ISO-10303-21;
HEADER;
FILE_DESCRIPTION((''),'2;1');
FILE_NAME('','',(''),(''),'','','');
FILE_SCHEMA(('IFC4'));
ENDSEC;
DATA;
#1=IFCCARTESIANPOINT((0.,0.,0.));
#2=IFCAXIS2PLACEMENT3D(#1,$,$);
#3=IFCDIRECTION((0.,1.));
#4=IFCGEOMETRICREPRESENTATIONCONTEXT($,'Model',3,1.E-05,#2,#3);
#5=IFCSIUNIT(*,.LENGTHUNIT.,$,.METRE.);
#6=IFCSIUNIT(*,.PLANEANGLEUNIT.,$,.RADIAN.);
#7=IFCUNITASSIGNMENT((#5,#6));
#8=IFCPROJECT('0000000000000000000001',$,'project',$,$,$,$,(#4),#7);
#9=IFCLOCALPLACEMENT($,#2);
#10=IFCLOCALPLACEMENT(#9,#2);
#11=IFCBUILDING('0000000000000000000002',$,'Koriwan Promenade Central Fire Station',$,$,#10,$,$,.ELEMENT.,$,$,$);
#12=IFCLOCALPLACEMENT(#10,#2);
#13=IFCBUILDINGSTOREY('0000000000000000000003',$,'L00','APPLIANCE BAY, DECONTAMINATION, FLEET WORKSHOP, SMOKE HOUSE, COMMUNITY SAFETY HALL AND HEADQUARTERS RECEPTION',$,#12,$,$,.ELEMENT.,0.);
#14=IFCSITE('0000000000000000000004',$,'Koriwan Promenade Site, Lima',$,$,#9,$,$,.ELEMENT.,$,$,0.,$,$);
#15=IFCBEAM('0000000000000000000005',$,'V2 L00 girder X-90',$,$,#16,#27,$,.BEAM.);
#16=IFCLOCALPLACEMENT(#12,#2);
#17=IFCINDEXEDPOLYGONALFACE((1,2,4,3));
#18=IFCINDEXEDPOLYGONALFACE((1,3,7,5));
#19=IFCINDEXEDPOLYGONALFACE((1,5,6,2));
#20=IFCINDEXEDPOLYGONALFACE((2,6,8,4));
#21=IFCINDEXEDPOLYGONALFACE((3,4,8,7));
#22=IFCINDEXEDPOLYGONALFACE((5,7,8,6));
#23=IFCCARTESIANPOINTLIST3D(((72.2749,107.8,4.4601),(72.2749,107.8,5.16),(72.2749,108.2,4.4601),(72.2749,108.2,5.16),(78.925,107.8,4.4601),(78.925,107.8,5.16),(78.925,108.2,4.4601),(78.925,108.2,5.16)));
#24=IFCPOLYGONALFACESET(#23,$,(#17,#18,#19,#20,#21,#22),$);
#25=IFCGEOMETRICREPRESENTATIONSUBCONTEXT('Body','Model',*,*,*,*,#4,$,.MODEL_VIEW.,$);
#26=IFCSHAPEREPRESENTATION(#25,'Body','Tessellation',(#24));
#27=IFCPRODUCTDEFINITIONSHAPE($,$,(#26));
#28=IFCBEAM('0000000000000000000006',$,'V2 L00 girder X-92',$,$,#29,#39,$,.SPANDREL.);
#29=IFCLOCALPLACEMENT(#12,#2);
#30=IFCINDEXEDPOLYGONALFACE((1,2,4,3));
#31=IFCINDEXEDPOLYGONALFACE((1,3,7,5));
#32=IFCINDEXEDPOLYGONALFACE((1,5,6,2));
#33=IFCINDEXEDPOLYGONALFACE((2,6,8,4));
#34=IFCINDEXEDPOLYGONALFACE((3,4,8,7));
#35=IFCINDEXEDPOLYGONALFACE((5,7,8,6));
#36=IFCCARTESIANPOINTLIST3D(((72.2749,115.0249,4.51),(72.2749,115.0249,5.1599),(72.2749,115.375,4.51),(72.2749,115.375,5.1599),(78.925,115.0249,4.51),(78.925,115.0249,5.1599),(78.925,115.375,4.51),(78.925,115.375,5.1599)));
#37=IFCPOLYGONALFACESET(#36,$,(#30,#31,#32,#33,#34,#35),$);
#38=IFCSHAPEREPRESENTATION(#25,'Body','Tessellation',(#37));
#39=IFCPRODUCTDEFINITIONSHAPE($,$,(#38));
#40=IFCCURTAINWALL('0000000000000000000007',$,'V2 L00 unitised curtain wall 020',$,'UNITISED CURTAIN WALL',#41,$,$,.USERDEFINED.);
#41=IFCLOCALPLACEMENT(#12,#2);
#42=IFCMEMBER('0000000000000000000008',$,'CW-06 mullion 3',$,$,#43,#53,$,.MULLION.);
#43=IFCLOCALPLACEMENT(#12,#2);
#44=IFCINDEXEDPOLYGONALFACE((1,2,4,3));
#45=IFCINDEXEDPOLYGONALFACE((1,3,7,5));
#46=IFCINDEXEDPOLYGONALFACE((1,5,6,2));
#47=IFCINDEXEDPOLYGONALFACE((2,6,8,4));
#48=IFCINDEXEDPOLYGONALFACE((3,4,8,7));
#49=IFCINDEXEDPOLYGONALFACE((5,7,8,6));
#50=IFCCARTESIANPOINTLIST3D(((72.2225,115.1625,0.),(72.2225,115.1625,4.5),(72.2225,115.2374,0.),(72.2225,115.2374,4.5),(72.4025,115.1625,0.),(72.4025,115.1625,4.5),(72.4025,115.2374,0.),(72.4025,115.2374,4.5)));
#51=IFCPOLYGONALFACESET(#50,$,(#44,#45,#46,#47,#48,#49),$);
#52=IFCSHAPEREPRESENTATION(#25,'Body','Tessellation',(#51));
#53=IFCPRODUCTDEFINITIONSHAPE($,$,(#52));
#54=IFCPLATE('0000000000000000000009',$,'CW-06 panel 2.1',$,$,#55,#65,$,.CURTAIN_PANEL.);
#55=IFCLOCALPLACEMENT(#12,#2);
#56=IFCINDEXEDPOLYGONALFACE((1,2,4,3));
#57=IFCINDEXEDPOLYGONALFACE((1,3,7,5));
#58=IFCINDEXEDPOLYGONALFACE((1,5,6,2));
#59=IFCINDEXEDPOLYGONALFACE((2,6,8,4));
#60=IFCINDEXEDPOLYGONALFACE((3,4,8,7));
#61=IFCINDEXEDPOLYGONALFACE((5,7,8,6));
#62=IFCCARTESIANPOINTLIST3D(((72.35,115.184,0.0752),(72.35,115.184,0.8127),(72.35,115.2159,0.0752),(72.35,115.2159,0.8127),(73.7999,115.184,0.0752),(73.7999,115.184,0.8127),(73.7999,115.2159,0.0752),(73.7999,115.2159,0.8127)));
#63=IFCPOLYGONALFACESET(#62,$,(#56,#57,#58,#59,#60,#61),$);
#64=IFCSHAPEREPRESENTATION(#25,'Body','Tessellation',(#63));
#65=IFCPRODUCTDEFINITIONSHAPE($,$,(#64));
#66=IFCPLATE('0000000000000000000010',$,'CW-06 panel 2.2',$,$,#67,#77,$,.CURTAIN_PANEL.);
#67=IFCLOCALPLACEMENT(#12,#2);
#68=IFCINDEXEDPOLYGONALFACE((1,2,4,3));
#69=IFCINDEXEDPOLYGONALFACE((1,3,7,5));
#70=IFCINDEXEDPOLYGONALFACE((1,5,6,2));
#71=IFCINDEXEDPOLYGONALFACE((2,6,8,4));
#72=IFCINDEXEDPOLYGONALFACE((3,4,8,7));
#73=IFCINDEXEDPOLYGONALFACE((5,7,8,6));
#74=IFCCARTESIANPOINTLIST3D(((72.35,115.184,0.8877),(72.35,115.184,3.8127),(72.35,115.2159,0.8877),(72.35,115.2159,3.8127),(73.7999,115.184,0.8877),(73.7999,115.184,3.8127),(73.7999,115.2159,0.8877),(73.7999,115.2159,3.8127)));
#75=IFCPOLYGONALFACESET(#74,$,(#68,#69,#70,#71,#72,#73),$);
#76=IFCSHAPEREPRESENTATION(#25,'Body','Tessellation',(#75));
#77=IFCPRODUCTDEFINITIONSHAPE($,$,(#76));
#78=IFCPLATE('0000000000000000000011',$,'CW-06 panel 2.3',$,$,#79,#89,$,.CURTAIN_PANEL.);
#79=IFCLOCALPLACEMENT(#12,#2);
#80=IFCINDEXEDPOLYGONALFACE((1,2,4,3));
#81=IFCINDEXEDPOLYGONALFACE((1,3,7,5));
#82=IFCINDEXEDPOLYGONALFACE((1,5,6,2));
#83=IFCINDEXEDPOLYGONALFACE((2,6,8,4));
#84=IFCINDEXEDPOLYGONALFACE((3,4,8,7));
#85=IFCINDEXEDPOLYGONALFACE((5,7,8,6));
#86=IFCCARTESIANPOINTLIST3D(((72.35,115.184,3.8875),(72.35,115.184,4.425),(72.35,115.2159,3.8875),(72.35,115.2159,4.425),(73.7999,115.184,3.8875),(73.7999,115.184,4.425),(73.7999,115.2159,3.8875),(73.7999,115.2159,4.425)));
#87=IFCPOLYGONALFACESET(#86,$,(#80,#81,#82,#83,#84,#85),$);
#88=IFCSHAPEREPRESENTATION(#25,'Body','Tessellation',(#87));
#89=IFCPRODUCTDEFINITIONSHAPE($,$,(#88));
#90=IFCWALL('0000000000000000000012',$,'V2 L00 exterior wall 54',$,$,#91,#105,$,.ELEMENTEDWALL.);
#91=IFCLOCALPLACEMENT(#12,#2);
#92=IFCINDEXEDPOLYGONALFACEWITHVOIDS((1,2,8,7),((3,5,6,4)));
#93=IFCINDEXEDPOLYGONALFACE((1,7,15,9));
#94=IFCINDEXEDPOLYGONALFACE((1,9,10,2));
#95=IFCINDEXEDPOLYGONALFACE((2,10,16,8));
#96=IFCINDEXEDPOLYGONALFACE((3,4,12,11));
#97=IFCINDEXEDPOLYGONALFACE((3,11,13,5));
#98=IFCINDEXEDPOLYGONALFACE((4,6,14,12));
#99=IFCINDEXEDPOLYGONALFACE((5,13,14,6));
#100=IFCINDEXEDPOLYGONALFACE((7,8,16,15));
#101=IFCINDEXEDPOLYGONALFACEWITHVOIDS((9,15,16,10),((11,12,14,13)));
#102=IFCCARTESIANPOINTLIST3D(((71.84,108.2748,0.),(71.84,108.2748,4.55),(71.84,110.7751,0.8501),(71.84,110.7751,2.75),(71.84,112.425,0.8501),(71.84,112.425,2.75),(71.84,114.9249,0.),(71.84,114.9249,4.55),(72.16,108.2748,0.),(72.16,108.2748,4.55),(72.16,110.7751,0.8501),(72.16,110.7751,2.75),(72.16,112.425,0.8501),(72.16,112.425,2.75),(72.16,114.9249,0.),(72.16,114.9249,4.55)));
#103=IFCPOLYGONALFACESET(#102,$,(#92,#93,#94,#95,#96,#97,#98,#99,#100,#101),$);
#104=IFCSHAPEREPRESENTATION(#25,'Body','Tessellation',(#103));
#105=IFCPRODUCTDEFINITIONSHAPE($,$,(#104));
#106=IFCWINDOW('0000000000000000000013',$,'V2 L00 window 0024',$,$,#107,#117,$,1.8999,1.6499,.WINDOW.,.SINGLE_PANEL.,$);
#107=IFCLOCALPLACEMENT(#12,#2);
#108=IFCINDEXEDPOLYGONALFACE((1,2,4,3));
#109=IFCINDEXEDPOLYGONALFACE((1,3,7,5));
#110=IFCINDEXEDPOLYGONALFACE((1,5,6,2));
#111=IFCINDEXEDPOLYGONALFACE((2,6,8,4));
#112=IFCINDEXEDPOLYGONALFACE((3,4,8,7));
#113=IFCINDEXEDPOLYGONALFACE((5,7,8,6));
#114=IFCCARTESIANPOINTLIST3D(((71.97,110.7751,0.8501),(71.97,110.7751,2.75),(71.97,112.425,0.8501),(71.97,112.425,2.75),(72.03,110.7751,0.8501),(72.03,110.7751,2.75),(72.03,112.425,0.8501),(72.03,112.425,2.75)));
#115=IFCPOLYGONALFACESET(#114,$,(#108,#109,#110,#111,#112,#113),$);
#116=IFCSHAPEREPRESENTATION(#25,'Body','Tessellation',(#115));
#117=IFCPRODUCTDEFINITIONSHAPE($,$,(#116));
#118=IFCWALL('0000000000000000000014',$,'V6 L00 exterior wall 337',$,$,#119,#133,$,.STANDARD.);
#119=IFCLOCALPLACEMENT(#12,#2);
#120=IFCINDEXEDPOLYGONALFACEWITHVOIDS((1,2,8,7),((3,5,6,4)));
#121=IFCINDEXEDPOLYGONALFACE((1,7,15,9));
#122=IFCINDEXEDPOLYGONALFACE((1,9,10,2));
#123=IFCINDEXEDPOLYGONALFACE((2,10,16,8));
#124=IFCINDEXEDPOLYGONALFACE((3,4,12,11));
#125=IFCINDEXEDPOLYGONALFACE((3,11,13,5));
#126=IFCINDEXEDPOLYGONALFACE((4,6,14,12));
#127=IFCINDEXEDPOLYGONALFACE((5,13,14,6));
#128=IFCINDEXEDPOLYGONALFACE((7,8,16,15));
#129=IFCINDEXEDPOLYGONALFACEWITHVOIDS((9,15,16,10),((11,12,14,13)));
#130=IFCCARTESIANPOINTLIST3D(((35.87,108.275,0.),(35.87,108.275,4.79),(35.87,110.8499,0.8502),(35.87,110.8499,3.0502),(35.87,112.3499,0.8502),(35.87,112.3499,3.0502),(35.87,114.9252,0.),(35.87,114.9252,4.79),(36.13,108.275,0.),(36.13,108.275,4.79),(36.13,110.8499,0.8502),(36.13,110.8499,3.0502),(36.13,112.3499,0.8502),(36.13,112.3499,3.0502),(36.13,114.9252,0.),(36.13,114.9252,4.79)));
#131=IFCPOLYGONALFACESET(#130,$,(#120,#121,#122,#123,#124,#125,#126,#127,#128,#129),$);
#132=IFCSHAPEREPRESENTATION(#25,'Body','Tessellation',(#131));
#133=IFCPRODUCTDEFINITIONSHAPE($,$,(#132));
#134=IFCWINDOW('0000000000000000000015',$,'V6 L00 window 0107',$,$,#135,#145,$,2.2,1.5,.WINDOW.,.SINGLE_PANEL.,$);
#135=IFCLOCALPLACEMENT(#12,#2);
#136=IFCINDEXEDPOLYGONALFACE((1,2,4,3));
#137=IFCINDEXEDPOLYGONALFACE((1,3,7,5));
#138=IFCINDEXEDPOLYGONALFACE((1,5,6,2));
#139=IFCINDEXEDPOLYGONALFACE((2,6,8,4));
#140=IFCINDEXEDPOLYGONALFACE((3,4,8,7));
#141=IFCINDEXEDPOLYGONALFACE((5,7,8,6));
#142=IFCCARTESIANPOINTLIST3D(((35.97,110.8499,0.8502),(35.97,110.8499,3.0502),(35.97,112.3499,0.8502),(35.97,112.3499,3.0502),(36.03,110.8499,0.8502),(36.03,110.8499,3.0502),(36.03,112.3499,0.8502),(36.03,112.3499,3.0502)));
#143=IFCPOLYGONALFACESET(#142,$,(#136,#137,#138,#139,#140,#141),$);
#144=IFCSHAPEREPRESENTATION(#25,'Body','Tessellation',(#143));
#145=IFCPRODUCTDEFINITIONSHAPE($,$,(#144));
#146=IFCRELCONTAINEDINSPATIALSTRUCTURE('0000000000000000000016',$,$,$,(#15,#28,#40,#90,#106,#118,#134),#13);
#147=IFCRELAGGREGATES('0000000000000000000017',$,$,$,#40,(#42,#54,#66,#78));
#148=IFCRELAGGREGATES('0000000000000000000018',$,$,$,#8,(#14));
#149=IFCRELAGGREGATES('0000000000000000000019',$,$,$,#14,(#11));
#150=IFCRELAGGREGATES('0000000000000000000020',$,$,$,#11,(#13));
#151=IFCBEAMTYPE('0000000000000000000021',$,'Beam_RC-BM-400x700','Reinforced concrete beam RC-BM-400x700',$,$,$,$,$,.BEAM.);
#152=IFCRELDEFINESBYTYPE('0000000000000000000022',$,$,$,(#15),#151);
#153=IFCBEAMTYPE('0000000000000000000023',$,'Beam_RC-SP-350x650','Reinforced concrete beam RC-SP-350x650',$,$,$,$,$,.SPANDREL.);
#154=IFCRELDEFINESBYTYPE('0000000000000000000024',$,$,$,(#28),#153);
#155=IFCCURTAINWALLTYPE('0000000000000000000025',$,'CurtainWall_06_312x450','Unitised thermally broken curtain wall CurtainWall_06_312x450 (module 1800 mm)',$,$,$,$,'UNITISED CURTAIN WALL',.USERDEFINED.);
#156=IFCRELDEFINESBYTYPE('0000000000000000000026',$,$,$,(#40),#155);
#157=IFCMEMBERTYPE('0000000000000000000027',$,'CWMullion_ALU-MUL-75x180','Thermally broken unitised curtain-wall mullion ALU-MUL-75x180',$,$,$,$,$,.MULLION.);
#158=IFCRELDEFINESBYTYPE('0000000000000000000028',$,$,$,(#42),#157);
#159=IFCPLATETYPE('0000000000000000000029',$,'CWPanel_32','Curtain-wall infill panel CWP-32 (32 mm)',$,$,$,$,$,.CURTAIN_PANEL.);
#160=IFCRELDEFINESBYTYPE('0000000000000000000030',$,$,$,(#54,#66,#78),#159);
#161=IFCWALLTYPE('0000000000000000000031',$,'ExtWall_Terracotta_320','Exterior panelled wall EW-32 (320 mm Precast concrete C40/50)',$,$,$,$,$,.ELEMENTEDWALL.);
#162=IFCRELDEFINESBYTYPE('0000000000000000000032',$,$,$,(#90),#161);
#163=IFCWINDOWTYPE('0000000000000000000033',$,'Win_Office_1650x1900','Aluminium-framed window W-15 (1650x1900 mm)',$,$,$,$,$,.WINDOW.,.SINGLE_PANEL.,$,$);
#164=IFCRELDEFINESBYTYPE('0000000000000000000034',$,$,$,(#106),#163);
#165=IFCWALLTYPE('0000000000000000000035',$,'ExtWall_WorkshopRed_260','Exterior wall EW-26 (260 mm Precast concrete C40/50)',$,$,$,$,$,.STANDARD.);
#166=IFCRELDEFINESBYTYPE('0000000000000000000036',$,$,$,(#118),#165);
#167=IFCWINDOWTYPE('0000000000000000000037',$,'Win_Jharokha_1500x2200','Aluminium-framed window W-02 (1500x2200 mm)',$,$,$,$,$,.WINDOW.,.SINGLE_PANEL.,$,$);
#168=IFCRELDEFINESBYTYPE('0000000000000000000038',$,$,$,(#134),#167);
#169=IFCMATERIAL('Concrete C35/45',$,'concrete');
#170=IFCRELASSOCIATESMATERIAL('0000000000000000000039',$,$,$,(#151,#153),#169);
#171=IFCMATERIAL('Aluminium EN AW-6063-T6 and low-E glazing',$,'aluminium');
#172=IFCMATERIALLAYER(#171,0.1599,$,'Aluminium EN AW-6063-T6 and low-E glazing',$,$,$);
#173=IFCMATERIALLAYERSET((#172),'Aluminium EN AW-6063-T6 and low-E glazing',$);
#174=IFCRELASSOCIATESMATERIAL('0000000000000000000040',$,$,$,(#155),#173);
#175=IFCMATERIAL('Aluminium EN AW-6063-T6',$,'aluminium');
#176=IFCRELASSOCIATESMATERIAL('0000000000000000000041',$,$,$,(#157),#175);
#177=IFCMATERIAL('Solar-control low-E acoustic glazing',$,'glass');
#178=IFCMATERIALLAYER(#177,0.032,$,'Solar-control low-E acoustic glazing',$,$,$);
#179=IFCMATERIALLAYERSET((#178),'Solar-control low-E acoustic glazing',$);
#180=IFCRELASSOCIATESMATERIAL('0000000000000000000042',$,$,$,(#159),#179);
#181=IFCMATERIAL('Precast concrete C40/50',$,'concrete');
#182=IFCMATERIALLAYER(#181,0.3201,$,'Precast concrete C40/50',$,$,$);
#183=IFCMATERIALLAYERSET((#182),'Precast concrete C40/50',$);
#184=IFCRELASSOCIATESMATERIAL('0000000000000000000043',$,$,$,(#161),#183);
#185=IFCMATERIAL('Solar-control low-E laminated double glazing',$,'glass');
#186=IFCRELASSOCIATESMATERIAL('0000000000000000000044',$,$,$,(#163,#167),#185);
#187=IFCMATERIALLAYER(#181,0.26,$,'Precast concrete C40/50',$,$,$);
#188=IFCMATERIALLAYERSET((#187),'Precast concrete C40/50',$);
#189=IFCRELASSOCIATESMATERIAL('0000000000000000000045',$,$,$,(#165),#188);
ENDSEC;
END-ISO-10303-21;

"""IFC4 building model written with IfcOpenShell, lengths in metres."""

from ifc_helpers import new_model, si_unit, direction, frame, frame_2d, origin, origin_2d, place, context, subcontext, project, spatial, rectangle, extrude, material, layer, layer_set, material_profile, profile_set, type_object, element, fill, aggregate, save


model = new_model("IFC4")

# Units and contexts
model_context = context("Model", 3, precision=1e-05, world=origin(), true_north=direction((0.0, 1.0)))
body_context = subcontext(model_context, "Body", "Model", "MODEL_VIEW")
ifc_project = project(units=[si_unit("LENGTHUNIT", "METRE"), si_unit("PLANEANGLEUNIT", "RADIAN")], contexts=[model_context])

# Site, building, storey
site_placement = place(None, origin())
site = spatial("IfcSite", under=ifc_project, at=site_placement, Name="Koriwan Promenade Site, Lima", CompositionType="ELEMENT", RefElevation=0.0)
building_placement = place(site_placement, origin())
building = spatial("IfcBuilding", under=site, at=building_placement, Name="Koriwan Promenade Central Fire Station", CompositionType="ELEMENT")
storey_placement = place(building_placement, origin())
storey = spatial("IfcBuildingStorey", under=building, at=storey_placement, Name="L00", Description="APPLIANCE BAY, DECONTAMINATION, FLEET WORKSHOP, SMOKE HOUSE, COMMUNITY SAFETY HALL AND HEADQUARTERS RECEPTION", CompositionType="ELEMENT", Elevation=0.0)

# Shared definitions
ifc_material_1 = material(Name="Concrete C35/45", Category="concrete")

# Beams
ifc_material_profile_1 = material_profile(ifc_material_1, rectangle(XDim=0.3999, YDim=0.7, at=origin_2d()), Name="RC-BM-400x700")
ifc_profile_set_1 = profile_set([ifc_material_profile_1], Name="Concrete C35/45")
beam_type_1 = type_object("IfcBeamType", Name="Beam_RC-BM-400x700", Description="Reinforced concrete beam RC-BM-400x700", PredefinedType="BEAM", material=ifc_profile_set_1)
beam_1_placement = place(storey_placement, frame((72.2749, 108.0, 4.8101), z_axis=(1.0, 0.0, 0.0), x_axis=(0.0, 1.0, 0.0)))
element("IfcBeam", 1, at=beam_1_placement, inside=storey, type_object=beam_type_1, Name="V2 L00 girder X-90", PredefinedType="BEAM", context=body_context, shape_type="SweptSolid", body=[
    extrude(rectangle(XDim=0.3999, YDim=0.7, at=origin_2d()), origin(), (0.0, 0.0, 1.0), 6.6501),
])
ifc_material_profile_2 = material_profile(ifc_material_1, rectangle(XDim=0.3501, YDim=0.6499, at=origin_2d()), Name="RC-SP-350x650")
ifc_profile_set_2 = profile_set([ifc_material_profile_2], Name="Concrete C35/45")
beam_type_2 = type_object("IfcBeamType", Name="Beam_RC-SP-350x650", Description="Reinforced concrete beam RC-SP-350x650", PredefinedType="SPANDREL", material=ifc_profile_set_2)
beam_2_placement = place(storey_placement, frame((72.2749, 115.2, 4.835), z_axis=(1.0, 0.0, 0.0), x_axis=(0.0, 1.0, 0.0)))
element("IfcBeam", 2, at=beam_2_placement, inside=storey, type_object=beam_type_2, Name="V2 L00 girder X-92", PredefinedType="SPANDREL", context=body_context, shape_type="SweptSolid", body=[
    extrude(rectangle(XDim=0.3501, YDim=0.6499, at=origin_2d()), origin(), (0.0, 0.0, 1.0), 6.6501),
])

# Curtain wall, member, plates
ifc_material_2 = material(Name="Aluminium EN AW-6063-T6 and low-E glazing", Category="aluminium")
ifc_layer_1 = layer(ifc_material_2, 0.1599, Name="Aluminium EN AW-6063-T6 and low-E glazing")
ifc_layer_set_1 = layer_set([ifc_layer_1], Name="Aluminium EN AW-6063-T6 and low-E glazing")
curtain_wall_type = type_object("IfcCurtainWallType", Name="CurtainWall_06_312x450", Description="Unitised thermally broken curtain wall CurtainWall_06_312x450 (module 1800 mm)", ElementType="UNITISED CURTAIN WALL", PredefinedType="USERDEFINED", material=ifc_layer_set_1)
curtain_wall_placement = place(storey_placement, origin())
curtain_wall = element("IfcCurtainWall", 3, at=curtain_wall_placement, inside=storey, type_object=curtain_wall_type, Name="V2 L00 unitised curtain wall 020", ObjectType="UNITISED CURTAIN WALL", PredefinedType="USERDEFINED")
ifc_material_3 = material(Name="Aluminium EN AW-6063-T6", Category="aluminium")
ifc_material_profile_3 = material_profile(ifc_material_3, rectangle(XDim=0.075, YDim=0.1799, at=origin_2d()), Name="ALU-MUL-75x180")
ifc_profile_set_3 = profile_set([ifc_material_profile_3], Name="Aluminium EN AW-6063-T6")
member_type = type_object("IfcMemberType", Name="CWMullion_ALU-MUL-75x180", Description="Thermally broken unitised curtain-wall mullion ALU-MUL-75x180", PredefinedType="MULLION", material=ifc_profile_set_3)
member_placement = place(storey_placement, frame((72.3125, 115.2, 0.0), z_axis=(0.0, 0.0, 1.0), x_axis=(0.0, -1.0, 0.0)))
member = element("IfcMember", 4, at=member_placement, type_object=member_type, Name="CW-06 mullion 3", PredefinedType="MULLION", context=body_context, shape_type="SweptSolid", body=[
    extrude(rectangle(XDim=0.075, YDim=0.1799, at=origin_2d()), origin(), (0.0, 0.0, 1.0), 4.5),
])
ifc_material_4 = material(Name="Solar-control low-E acoustic glazing", Category="glass")
ifc_layer_2 = layer(ifc_material_4, 0.032, Name="Solar-control low-E acoustic glazing")
ifc_layer_set_2 = layer_set([ifc_layer_2], Name="Solar-control low-E acoustic glazing")
plate_type = type_object("IfcPlateType", Name="CWPanel_32", Description="Curtain-wall infill panel CWP-32 (32 mm)", PredefinedType="CURTAIN_PANEL", material=ifc_layer_set_2)
plate_1_placement = place(storey_placement, frame((73.075, 115.2, 0.0752), z_axis=(0.0, 0.0, 1.0), x_axis=(-1.0, 0.0, 0.0)))
plate_1 = element("IfcPlate", 5, at=plate_1_placement, type_object=plate_type, Name="CW-06 panel 2.1", PredefinedType="CURTAIN_PANEL", context=body_context, shape_type="SweptSolid", body=[
    extrude(rectangle(XDim=1.45, YDim=0.032, at=origin_2d()), origin(), (0.0, 0.0, 1.0), 0.7375),
])
plate_2_placement = place(storey_placement, frame((73.075, 115.2, 0.8877), z_axis=(0.0, 0.0, 1.0), x_axis=(-1.0, 0.0, 0.0)))
plate_2 = element("IfcPlate", 6, at=plate_2_placement, type_object=plate_type, Name="CW-06 panel 2.2", PredefinedType="CURTAIN_PANEL", context=body_context, shape_type="SweptSolid", body=[
    extrude(rectangle(XDim=1.45, YDim=0.032, at=origin_2d()), origin(), (0.0, 0.0, 1.0), 2.925),
])
plate_3_placement = place(storey_placement, frame((73.075, 115.2, 3.8875), z_axis=(0.0, 0.0, 1.0), x_axis=(-1.0, 0.0, 0.0)))
plate_3 = element("IfcPlate", 7, at=plate_3_placement, type_object=plate_type, Name="CW-06 panel 2.3", PredefinedType="CURTAIN_PANEL", context=body_context, shape_type="SweptSolid", body=[
    extrude(rectangle(XDim=1.45, YDim=0.032, at=origin_2d()), origin(), (0.0, 0.0, 1.0), 0.5376),
])
aggregate(curtain_wall, [member, plate_1, plate_2, plate_3])

# Walls, openings, windows
ifc_material_5 = material(Name="Precast concrete C40/50", Category="concrete")
ifc_layer_3 = layer(ifc_material_5, 0.3201, Name="Precast concrete C40/50")
ifc_layer_set_3 = layer_set([ifc_layer_3], Name="Precast concrete C40/50")
wall_type_1 = type_object("IfcWallType", Name="ExtWall_Terracotta_320", Description="Exterior panelled wall EW-32 (320 mm Precast concrete C40/50)", PredefinedType="ELEMENTEDWALL", material=ifc_layer_set_3)
wall_1_placement = place(storey_placement, frame((72.0, 114.925, 0.0), z_axis=(0.0, 0.0, 1.0), x_axis=(0.0, -1.0, 0.0)))
wall_1 = element("IfcWall", 8, at=wall_1_placement, inside=storey, type_object=wall_type_1, Name="V2 L00 exterior wall 54", PredefinedType="ELEMENTEDWALL", context=body_context, shape_type="SweptSolid", body=[
    extrude(rectangle(XDim=6.6501, YDim=0.3201, at=frame_2d((3.3252, 0.0))), origin(), (0.0, 0.0, 1.0), 4.55),
])
opening_1_placement = place(wall_1_placement, frame((2.5, 0.0, 0.8501)))
opening_1 = element("IfcOpeningElement", 9, at=opening_1_placement, cuts=wall_1, PredefinedType="OPENING", context=body_context, shape_type="SweptSolid", body=[
    extrude(rectangle(XDim=1.6499, YDim=1.8999, at=frame_2d((0.825, 0.95))), frame((0.0, 0.1719, 0.0), z_axis=(0.0, -1.0, 0.0), x_axis=(1.0, 0.0, 0.0)), (0.0, 0.0, 1.0), 0.344),
])
ifc_material_6 = material(Name="Solar-control low-E laminated double glazing", Category="glass")
window_type_1 = type_object("IfcWindowType", Name="Win_Office_1650x1900", Description="Aluminium-framed window W-15 (1650x1900 mm)", PartitioningType="SINGLE_PANEL", PredefinedType="WINDOW", material=ifc_material_6)
window_1_placement = place(opening_1_placement, origin())
window_1 = element("IfcWindow", 10, at=window_1_placement, inside=storey, type_object=window_type_1, Name="V2 L00 window 0024", OverallHeight=1.8999, OverallWidth=1.6499, PartitioningType="SINGLE_PANEL", PredefinedType="WINDOW", context=body_context, shape_type="SweptSolid", body=[
    extrude(rectangle(XDim=1.6499, YDim=1.8999, at=frame_2d((0.825, 0.95))), frame((0.0, 0.03, 0.0), z_axis=(0.0, -1.0, 0.0), x_axis=(1.0, 0.0, 0.0)), (0.0, 0.0, 1.0), 0.0601),
])
fill(opening_1, window_1)
ifc_layer_4 = layer(ifc_material_5, 0.26, Name="Precast concrete C40/50")
ifc_layer_set_4 = layer_set([ifc_layer_4], Name="Precast concrete C40/50")
wall_type_2 = type_object("IfcWallType", Name="ExtWall_WorkshopRed_260", Description="Exterior wall EW-26 (260 mm Precast concrete C40/50)", PredefinedType="STANDARD", material=ifc_layer_set_4)
wall_2_placement = place(storey_placement, frame((36.0, 108.2749, 0.0), z_axis=(0.0, 0.0, 1.0), x_axis=(0.0, 1.0, 0.0)))
wall_2 = element("IfcWall", 11, at=wall_2_placement, inside=storey, type_object=wall_type_2, Name="V6 L00 exterior wall 337", PredefinedType="STANDARD", context=body_context, shape_type="SweptSolid", body=[
    extrude(rectangle(XDim=6.6501, YDim=0.26, at=frame_2d((3.3252, 0.0))), origin(), (0.0, 0.0, 1.0), 4.79),
])
opening_2_placement = place(wall_2_placement, frame((2.575, 0.0, 0.8501)))
opening_2 = element("IfcOpeningElement", 12, at=opening_2_placement, cuts=wall_2, PredefinedType="OPENING", context=body_context, shape_type="SweptSolid", body=[
    extrude(rectangle(XDim=1.5, YDim=2.2, at=frame_2d((0.75, 1.1001))), frame((0.0, 0.1421, 0.0), z_axis=(0.0, -1.0, 0.0), x_axis=(1.0, 0.0, 0.0)), (0.0, 0.0, 1.0), 0.2839),
])
window_type_2 = type_object("IfcWindowType", Name="Win_Jharokha_1500x2200", Description="Aluminium-framed window W-02 (1500x2200 mm)", PartitioningType="SINGLE_PANEL", PredefinedType="WINDOW", material=ifc_material_6)
window_2_placement = place(opening_2_placement, origin())
window_2 = element("IfcWindow", 13, at=window_2_placement, inside=storey, type_object=window_type_2, Name="V6 L00 window 0107", OverallHeight=2.2, OverallWidth=1.5, PartitioningType="SINGLE_PANEL", PredefinedType="WINDOW", context=body_context, shape_type="SweptSolid", body=[
    extrude(rectangle(XDim=1.5, YDim=2.2, at=frame_2d((0.75, 1.1001))), frame((0.0, 0.03, 0.0), z_axis=(0.0, -1.0, 0.0), x_axis=(1.0, 0.0, 0.0)), (0.0, 0.0, 1.0), 0.0601),
])
fill(opening_2, window_2)

save(model, "model.ifc")
